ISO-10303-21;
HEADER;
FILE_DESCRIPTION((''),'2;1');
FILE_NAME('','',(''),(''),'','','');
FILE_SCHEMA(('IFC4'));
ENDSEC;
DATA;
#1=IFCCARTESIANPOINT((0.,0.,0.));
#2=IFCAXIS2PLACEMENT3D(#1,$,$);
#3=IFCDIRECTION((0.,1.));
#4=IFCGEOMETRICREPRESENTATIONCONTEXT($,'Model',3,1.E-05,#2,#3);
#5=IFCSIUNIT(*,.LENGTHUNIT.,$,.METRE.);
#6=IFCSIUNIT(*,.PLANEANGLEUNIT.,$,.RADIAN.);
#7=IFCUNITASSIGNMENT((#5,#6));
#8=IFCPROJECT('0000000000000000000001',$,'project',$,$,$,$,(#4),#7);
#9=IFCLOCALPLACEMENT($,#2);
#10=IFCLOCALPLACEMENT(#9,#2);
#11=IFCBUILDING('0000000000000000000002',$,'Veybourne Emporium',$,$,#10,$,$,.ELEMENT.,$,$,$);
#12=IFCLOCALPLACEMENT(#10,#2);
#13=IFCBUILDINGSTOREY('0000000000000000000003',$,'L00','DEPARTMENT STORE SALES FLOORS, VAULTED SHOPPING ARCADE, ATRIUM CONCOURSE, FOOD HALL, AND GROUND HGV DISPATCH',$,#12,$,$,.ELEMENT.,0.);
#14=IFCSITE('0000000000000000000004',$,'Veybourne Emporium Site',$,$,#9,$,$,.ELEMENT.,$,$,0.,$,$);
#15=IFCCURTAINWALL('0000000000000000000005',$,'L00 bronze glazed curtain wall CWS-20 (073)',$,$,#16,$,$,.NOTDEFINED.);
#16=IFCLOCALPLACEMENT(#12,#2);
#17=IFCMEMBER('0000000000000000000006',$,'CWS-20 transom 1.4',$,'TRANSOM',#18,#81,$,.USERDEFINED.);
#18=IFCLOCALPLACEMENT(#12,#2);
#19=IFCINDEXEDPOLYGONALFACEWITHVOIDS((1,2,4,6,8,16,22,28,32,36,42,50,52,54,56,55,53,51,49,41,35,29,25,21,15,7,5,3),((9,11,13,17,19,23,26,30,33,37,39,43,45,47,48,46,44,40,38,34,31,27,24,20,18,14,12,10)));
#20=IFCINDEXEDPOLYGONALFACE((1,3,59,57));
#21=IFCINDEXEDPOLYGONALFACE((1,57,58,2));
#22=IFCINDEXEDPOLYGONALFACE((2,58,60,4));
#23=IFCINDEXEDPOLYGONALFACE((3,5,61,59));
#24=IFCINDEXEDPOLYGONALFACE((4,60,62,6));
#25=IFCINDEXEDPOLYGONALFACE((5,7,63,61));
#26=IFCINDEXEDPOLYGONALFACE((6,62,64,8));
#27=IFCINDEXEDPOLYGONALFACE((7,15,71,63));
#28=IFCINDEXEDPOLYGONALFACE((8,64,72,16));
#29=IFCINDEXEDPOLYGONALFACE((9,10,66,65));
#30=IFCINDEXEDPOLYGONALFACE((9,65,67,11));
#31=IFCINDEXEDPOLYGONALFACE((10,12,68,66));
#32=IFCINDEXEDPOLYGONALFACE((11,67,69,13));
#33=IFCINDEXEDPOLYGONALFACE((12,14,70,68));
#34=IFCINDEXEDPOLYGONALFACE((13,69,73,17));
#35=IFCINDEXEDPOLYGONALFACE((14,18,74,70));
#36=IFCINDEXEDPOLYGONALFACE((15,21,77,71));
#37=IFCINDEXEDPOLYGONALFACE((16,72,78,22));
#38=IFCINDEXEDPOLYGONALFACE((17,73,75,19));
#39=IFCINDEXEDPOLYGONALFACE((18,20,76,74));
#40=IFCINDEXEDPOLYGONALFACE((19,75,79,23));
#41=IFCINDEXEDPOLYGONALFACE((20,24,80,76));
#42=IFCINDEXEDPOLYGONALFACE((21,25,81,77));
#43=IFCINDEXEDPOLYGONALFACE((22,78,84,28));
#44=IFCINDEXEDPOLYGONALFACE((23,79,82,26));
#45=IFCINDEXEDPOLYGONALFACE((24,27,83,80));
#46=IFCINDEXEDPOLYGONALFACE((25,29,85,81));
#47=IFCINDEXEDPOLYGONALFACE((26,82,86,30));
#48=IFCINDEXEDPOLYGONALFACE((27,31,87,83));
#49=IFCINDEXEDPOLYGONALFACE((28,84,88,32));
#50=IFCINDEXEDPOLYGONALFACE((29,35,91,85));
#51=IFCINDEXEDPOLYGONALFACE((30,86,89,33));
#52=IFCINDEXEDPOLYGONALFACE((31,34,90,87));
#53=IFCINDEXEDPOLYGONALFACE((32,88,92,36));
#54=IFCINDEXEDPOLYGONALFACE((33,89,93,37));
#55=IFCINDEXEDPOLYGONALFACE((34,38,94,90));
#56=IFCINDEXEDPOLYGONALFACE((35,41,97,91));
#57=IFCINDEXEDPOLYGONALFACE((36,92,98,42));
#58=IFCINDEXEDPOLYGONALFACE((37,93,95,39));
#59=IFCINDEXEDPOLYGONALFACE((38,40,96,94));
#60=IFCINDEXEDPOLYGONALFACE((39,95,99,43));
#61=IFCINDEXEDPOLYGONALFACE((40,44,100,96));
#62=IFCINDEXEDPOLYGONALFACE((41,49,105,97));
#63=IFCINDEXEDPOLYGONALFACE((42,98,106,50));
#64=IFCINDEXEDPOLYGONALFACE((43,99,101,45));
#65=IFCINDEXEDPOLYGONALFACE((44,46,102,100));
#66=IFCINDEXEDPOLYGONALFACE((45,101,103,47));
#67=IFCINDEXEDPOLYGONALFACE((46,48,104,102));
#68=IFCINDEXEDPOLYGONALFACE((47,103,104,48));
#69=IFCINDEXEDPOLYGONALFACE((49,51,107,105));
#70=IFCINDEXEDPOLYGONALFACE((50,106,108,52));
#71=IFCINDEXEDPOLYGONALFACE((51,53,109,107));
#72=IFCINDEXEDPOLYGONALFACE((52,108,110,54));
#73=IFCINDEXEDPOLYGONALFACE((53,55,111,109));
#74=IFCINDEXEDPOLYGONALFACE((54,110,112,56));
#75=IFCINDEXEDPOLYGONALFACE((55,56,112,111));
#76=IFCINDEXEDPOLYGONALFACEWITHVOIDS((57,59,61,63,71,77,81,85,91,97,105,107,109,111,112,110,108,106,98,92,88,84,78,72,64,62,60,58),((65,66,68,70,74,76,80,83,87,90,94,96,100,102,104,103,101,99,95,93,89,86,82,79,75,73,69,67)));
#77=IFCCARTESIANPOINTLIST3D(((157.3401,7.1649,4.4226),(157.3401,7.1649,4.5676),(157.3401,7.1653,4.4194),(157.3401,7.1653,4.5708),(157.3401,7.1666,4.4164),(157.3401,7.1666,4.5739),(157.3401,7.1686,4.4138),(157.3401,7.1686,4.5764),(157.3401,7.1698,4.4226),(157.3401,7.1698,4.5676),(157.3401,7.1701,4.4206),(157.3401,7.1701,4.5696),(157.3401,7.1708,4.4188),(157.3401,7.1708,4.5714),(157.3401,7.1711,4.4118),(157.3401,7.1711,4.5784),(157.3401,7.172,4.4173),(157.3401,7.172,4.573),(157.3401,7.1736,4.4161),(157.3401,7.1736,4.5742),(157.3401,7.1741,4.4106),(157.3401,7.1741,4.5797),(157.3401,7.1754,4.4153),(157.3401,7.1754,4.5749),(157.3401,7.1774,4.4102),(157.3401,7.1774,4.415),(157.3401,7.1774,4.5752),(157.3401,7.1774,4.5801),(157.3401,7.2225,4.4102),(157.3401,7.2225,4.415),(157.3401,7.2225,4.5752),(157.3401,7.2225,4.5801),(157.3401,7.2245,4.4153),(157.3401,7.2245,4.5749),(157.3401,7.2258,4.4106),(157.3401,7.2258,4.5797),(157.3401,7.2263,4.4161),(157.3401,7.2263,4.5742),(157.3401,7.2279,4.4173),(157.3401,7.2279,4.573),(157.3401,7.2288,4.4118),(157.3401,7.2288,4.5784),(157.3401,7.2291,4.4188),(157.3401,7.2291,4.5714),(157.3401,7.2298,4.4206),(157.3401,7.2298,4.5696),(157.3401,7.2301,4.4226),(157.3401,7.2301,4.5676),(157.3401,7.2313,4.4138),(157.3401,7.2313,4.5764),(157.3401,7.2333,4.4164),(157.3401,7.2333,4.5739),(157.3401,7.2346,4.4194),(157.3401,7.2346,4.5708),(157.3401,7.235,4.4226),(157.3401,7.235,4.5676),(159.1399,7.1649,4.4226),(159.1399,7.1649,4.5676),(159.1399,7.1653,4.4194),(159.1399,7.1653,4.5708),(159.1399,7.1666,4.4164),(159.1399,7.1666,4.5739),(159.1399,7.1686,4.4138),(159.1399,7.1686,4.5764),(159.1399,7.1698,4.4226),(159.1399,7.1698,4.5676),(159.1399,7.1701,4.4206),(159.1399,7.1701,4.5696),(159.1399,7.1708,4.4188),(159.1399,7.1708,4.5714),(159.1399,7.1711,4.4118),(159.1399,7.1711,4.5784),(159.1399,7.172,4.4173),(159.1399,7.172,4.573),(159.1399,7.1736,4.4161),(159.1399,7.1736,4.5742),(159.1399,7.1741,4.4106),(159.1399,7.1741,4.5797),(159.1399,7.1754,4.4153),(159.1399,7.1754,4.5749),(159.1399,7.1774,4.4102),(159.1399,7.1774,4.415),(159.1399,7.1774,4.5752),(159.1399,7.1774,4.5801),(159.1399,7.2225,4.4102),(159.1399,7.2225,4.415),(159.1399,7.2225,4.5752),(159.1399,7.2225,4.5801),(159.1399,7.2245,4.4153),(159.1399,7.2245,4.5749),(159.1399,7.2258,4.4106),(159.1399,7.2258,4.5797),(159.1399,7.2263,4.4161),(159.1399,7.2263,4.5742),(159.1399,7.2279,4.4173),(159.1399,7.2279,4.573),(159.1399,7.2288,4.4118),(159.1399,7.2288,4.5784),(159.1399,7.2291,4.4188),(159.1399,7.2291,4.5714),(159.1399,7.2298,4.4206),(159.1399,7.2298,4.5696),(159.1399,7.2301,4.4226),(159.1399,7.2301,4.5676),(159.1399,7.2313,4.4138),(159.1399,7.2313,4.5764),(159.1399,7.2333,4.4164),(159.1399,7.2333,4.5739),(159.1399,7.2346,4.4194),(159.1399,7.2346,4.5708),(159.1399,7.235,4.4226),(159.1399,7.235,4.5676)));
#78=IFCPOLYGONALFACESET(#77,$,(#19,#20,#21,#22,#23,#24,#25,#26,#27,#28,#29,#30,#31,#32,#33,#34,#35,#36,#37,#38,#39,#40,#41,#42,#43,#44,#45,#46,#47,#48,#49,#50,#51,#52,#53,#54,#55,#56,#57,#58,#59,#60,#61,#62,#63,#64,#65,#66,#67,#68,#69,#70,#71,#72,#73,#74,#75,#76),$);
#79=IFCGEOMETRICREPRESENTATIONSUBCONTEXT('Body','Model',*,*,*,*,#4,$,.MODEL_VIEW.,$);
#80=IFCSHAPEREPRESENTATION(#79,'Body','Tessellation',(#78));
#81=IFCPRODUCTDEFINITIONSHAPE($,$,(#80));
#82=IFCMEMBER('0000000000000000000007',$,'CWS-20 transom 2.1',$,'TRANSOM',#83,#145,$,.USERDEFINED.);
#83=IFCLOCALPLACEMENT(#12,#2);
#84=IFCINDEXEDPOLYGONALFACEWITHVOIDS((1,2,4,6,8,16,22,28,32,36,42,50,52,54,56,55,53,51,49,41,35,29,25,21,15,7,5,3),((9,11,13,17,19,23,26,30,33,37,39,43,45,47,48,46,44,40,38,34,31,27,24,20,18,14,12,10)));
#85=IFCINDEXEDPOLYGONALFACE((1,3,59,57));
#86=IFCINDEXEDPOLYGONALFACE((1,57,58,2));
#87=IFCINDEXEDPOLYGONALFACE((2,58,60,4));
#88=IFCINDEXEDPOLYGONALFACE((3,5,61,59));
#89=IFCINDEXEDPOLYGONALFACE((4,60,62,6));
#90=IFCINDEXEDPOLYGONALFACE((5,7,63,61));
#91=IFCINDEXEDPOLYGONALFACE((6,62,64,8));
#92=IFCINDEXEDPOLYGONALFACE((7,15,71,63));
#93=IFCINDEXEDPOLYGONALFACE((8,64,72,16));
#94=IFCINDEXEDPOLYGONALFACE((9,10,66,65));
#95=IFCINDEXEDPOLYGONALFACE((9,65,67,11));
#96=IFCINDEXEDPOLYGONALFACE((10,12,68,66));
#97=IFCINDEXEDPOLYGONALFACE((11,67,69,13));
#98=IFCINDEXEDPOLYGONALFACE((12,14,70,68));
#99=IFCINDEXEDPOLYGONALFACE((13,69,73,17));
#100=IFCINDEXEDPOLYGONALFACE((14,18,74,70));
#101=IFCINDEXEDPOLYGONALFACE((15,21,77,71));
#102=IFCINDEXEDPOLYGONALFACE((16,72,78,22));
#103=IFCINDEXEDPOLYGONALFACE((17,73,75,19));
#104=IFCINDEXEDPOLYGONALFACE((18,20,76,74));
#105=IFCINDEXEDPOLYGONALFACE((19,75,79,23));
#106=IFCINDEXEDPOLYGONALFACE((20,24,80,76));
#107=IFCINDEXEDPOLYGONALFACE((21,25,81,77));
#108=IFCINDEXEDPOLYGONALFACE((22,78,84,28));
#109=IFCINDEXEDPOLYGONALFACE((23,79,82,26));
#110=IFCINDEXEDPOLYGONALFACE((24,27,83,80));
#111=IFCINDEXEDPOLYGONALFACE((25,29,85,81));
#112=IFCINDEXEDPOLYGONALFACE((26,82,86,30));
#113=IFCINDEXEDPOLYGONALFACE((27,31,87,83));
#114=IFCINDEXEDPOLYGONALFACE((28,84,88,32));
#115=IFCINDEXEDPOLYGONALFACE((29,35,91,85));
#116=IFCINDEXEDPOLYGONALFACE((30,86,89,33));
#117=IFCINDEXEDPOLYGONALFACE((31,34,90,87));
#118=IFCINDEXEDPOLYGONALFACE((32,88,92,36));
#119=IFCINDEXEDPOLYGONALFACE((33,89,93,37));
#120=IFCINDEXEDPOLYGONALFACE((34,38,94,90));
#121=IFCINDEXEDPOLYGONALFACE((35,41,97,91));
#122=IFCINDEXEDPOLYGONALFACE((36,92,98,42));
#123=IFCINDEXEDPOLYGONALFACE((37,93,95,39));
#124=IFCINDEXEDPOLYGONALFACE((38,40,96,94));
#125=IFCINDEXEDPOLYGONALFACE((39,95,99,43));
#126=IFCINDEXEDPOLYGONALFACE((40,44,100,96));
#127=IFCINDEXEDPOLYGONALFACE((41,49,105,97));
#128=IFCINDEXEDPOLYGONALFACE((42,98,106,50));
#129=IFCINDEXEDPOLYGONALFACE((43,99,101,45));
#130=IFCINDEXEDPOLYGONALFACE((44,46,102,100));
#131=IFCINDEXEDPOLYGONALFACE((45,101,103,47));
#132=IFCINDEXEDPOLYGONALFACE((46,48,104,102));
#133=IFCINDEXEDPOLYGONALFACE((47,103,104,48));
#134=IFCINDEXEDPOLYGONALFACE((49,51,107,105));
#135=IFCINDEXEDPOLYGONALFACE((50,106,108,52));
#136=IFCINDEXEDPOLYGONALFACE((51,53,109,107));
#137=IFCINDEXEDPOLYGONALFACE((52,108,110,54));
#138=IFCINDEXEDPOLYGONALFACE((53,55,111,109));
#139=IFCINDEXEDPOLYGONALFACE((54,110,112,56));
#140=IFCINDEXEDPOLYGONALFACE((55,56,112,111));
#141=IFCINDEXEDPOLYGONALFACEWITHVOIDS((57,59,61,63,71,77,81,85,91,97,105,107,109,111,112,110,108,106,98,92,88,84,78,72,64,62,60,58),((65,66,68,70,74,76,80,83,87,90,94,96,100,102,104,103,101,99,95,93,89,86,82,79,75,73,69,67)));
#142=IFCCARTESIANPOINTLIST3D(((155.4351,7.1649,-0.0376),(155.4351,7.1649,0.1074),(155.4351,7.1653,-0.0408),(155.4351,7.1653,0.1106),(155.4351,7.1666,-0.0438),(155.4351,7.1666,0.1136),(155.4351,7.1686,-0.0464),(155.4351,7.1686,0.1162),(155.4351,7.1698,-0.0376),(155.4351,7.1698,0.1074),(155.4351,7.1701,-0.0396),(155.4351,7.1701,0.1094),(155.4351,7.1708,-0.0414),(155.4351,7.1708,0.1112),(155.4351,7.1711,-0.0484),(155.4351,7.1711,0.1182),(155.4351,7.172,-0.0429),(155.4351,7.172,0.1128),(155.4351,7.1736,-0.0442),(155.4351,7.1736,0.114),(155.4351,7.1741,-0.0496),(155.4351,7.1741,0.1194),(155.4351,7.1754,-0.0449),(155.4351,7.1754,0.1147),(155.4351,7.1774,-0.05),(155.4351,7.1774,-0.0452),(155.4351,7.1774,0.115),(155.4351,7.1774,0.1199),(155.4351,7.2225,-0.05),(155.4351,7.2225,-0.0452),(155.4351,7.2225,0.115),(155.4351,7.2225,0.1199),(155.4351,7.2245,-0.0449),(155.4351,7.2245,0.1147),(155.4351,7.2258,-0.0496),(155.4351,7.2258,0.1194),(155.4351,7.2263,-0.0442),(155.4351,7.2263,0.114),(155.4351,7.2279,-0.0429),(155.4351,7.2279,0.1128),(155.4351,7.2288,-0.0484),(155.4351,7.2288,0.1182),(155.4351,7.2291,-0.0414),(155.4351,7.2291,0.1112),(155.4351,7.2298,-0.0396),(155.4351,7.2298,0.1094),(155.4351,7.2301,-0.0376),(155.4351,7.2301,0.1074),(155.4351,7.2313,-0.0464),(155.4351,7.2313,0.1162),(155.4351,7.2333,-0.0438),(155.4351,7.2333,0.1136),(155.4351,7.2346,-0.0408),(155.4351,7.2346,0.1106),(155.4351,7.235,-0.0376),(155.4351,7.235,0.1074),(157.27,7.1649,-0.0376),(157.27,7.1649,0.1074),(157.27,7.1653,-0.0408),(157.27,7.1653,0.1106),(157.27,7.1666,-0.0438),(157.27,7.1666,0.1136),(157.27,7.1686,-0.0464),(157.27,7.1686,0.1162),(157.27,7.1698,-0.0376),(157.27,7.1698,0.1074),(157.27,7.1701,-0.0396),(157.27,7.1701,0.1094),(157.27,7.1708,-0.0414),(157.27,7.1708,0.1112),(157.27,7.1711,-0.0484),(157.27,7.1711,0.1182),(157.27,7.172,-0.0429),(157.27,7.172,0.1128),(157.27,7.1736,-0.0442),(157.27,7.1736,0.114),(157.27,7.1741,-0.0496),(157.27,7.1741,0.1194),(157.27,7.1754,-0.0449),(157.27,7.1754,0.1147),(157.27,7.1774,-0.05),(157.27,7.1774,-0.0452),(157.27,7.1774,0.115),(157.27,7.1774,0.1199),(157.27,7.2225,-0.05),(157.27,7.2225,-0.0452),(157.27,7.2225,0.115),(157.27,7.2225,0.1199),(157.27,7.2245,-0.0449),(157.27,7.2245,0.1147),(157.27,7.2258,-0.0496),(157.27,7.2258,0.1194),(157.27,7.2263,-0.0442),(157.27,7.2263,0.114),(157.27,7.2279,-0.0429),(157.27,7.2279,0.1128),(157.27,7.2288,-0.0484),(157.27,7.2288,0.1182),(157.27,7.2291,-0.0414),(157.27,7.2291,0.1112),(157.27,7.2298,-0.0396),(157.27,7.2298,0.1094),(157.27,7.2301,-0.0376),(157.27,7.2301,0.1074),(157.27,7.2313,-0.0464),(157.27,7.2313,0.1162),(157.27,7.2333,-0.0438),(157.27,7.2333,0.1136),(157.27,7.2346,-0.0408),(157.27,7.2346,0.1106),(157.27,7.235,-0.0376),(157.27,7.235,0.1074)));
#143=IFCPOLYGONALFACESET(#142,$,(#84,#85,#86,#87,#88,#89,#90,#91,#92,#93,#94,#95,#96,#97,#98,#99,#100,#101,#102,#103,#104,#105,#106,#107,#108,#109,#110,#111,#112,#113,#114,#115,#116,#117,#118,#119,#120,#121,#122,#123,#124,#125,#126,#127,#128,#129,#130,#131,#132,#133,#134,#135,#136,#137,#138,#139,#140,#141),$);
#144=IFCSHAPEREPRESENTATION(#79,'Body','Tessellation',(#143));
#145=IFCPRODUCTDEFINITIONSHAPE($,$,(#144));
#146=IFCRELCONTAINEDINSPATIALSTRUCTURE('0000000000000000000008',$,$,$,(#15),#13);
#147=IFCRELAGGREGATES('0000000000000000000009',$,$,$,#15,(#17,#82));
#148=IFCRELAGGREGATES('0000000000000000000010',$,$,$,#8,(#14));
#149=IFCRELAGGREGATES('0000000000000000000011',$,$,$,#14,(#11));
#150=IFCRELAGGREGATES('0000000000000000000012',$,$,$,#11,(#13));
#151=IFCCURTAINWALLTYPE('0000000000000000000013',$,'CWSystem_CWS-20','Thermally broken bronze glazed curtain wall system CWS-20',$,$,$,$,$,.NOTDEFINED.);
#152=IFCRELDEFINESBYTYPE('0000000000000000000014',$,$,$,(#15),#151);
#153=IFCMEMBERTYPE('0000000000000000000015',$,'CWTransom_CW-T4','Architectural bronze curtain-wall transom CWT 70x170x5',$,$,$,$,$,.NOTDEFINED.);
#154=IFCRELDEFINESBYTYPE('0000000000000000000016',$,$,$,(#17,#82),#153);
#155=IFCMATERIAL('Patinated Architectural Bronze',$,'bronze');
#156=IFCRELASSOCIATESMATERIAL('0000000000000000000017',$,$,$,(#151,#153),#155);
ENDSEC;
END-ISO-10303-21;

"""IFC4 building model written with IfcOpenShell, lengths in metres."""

from ifc_helpers import new_model, si_unit, direction, frame, origin, origin_2d, place, context, subcontext, project, spatial, hollow_rectangle, extrude, material, material_profile, profile_set, type_object, element, aggregate, save


model = new_model("IFC4")

# Units and contexts
model_context = context("Model", 3, precision=1e-05, world=origin(), true_north=direction((0.0, 1.0)))
body_context = subcontext(model_context, "Body", "Model", "MODEL_VIEW")
ifc_project = project(units=[si_unit("LENGTHUNIT", "METRE"), si_unit("PLANEANGLEUNIT", "RADIAN")], contexts=[model_context])

# Site, building, storey
site_placement = place(None, origin())
site = spatial("IfcSite", under=ifc_project, at=site_placement, Name="Veybourne Emporium Site", CompositionType="ELEMENT", RefElevation=0.0)
building_placement = place(site_placement, origin())
building = spatial("IfcBuilding", under=site, at=building_placement, Name="Veybourne Emporium", CompositionType="ELEMENT")
storey_placement = place(building_placement, origin())
storey = spatial("IfcBuildingStorey", under=building, at=storey_placement, Name="L00", Description="DEPARTMENT STORE SALES FLOORS, VAULTED SHOPPING ARCADE, ATRIUM CONCOURSE, FOOD HALL, AND GROUND HGV DISPATCH", CompositionType="ELEMENT", Elevation=0.0)

# Curtain wall
ifc_material_1 = material(Name="Patinated Architectural Bronze", Category="bronze")
curtain_wall_type_1 = type_object("IfcCurtainWallType", Name="CWSystem_CWS-20", Description="Thermally broken bronze glazed curtain wall system CWS-20", PredefinedType="NOTDEFINED", material=ifc_material_1)
curtain_wall_1_placement = place(storey_placement, origin())
curtain_wall_1 = element("IfcCurtainWall", 1, at=curtain_wall_1_placement, inside=storey, type_object=curtain_wall_type_1, Name="L00 bronze glazed curtain wall CWS-20 (073)", PredefinedType="NOTDEFINED")

# Members
ifc_material_profile_1 = material_profile(ifc_material_1, hollow_rectangle(XDim=0.0701, YDim=0.1699, WallThickness=0.0049, InnerFilletRadius=0.0076, OuterFilletRadius=0.0125, at=origin_2d()), Name="CWT 70x170x5")
ifc_profile_set_1 = profile_set([ifc_material_profile_1], Name="Patinated Architectural Bronze")
member_type_1 = type_object("IfcMemberType", Name="CWTransom_CW-T4", Description="Architectural bronze curtain-wall transom CWT 70x170x5", PredefinedType="NOTDEFINED", material=ifc_profile_set_1)
member_1_placement = place(storey_placement, frame((159.1399, 7.2, 4.4951), z_axis=(-1.0, 0.0, 0.0), x_axis=(0.0, -1.0, 0.0)))
member_1 = element("IfcMember", 2, at=member_1_placement, type_object=member_type_1, Name="CWS-20 transom 1.4", ObjectType="TRANSOM", PredefinedType="USERDEFINED", context=body_context, shape_type="SweptSolid", body=[
    extrude(hollow_rectangle(XDim=0.0701, YDim=0.1699, WallThickness=0.0049, InnerFilletRadius=0.0076, OuterFilletRadius=0.0125, at=origin_2d()), origin(), (0.0, 0.0, 1.0), 1.7998),
])
member_2_placement = place(storey_placement, frame((157.27, 7.2, 0.0349), z_axis=(-1.0, 0.0, 0.0), x_axis=(0.0, -1.0, 0.0)))
member_2 = element("IfcMember", 3, at=member_2_placement, type_object=member_type_1, Name="CWS-20 transom 2.1", ObjectType="TRANSOM", PredefinedType="USERDEFINED", context=body_context, shape_type="SweptSolid", body=[
    extrude(hollow_rectangle(XDim=0.0701, YDim=0.1699, WallThickness=0.0049, InnerFilletRadius=0.0076, OuterFilletRadius=0.0125, at=origin_2d()), origin(), (0.0, 0.0, 1.0), 1.835),
])

aggregate(curtain_wall_1, [member_1, member_2])

save(model, "model.ifc")
